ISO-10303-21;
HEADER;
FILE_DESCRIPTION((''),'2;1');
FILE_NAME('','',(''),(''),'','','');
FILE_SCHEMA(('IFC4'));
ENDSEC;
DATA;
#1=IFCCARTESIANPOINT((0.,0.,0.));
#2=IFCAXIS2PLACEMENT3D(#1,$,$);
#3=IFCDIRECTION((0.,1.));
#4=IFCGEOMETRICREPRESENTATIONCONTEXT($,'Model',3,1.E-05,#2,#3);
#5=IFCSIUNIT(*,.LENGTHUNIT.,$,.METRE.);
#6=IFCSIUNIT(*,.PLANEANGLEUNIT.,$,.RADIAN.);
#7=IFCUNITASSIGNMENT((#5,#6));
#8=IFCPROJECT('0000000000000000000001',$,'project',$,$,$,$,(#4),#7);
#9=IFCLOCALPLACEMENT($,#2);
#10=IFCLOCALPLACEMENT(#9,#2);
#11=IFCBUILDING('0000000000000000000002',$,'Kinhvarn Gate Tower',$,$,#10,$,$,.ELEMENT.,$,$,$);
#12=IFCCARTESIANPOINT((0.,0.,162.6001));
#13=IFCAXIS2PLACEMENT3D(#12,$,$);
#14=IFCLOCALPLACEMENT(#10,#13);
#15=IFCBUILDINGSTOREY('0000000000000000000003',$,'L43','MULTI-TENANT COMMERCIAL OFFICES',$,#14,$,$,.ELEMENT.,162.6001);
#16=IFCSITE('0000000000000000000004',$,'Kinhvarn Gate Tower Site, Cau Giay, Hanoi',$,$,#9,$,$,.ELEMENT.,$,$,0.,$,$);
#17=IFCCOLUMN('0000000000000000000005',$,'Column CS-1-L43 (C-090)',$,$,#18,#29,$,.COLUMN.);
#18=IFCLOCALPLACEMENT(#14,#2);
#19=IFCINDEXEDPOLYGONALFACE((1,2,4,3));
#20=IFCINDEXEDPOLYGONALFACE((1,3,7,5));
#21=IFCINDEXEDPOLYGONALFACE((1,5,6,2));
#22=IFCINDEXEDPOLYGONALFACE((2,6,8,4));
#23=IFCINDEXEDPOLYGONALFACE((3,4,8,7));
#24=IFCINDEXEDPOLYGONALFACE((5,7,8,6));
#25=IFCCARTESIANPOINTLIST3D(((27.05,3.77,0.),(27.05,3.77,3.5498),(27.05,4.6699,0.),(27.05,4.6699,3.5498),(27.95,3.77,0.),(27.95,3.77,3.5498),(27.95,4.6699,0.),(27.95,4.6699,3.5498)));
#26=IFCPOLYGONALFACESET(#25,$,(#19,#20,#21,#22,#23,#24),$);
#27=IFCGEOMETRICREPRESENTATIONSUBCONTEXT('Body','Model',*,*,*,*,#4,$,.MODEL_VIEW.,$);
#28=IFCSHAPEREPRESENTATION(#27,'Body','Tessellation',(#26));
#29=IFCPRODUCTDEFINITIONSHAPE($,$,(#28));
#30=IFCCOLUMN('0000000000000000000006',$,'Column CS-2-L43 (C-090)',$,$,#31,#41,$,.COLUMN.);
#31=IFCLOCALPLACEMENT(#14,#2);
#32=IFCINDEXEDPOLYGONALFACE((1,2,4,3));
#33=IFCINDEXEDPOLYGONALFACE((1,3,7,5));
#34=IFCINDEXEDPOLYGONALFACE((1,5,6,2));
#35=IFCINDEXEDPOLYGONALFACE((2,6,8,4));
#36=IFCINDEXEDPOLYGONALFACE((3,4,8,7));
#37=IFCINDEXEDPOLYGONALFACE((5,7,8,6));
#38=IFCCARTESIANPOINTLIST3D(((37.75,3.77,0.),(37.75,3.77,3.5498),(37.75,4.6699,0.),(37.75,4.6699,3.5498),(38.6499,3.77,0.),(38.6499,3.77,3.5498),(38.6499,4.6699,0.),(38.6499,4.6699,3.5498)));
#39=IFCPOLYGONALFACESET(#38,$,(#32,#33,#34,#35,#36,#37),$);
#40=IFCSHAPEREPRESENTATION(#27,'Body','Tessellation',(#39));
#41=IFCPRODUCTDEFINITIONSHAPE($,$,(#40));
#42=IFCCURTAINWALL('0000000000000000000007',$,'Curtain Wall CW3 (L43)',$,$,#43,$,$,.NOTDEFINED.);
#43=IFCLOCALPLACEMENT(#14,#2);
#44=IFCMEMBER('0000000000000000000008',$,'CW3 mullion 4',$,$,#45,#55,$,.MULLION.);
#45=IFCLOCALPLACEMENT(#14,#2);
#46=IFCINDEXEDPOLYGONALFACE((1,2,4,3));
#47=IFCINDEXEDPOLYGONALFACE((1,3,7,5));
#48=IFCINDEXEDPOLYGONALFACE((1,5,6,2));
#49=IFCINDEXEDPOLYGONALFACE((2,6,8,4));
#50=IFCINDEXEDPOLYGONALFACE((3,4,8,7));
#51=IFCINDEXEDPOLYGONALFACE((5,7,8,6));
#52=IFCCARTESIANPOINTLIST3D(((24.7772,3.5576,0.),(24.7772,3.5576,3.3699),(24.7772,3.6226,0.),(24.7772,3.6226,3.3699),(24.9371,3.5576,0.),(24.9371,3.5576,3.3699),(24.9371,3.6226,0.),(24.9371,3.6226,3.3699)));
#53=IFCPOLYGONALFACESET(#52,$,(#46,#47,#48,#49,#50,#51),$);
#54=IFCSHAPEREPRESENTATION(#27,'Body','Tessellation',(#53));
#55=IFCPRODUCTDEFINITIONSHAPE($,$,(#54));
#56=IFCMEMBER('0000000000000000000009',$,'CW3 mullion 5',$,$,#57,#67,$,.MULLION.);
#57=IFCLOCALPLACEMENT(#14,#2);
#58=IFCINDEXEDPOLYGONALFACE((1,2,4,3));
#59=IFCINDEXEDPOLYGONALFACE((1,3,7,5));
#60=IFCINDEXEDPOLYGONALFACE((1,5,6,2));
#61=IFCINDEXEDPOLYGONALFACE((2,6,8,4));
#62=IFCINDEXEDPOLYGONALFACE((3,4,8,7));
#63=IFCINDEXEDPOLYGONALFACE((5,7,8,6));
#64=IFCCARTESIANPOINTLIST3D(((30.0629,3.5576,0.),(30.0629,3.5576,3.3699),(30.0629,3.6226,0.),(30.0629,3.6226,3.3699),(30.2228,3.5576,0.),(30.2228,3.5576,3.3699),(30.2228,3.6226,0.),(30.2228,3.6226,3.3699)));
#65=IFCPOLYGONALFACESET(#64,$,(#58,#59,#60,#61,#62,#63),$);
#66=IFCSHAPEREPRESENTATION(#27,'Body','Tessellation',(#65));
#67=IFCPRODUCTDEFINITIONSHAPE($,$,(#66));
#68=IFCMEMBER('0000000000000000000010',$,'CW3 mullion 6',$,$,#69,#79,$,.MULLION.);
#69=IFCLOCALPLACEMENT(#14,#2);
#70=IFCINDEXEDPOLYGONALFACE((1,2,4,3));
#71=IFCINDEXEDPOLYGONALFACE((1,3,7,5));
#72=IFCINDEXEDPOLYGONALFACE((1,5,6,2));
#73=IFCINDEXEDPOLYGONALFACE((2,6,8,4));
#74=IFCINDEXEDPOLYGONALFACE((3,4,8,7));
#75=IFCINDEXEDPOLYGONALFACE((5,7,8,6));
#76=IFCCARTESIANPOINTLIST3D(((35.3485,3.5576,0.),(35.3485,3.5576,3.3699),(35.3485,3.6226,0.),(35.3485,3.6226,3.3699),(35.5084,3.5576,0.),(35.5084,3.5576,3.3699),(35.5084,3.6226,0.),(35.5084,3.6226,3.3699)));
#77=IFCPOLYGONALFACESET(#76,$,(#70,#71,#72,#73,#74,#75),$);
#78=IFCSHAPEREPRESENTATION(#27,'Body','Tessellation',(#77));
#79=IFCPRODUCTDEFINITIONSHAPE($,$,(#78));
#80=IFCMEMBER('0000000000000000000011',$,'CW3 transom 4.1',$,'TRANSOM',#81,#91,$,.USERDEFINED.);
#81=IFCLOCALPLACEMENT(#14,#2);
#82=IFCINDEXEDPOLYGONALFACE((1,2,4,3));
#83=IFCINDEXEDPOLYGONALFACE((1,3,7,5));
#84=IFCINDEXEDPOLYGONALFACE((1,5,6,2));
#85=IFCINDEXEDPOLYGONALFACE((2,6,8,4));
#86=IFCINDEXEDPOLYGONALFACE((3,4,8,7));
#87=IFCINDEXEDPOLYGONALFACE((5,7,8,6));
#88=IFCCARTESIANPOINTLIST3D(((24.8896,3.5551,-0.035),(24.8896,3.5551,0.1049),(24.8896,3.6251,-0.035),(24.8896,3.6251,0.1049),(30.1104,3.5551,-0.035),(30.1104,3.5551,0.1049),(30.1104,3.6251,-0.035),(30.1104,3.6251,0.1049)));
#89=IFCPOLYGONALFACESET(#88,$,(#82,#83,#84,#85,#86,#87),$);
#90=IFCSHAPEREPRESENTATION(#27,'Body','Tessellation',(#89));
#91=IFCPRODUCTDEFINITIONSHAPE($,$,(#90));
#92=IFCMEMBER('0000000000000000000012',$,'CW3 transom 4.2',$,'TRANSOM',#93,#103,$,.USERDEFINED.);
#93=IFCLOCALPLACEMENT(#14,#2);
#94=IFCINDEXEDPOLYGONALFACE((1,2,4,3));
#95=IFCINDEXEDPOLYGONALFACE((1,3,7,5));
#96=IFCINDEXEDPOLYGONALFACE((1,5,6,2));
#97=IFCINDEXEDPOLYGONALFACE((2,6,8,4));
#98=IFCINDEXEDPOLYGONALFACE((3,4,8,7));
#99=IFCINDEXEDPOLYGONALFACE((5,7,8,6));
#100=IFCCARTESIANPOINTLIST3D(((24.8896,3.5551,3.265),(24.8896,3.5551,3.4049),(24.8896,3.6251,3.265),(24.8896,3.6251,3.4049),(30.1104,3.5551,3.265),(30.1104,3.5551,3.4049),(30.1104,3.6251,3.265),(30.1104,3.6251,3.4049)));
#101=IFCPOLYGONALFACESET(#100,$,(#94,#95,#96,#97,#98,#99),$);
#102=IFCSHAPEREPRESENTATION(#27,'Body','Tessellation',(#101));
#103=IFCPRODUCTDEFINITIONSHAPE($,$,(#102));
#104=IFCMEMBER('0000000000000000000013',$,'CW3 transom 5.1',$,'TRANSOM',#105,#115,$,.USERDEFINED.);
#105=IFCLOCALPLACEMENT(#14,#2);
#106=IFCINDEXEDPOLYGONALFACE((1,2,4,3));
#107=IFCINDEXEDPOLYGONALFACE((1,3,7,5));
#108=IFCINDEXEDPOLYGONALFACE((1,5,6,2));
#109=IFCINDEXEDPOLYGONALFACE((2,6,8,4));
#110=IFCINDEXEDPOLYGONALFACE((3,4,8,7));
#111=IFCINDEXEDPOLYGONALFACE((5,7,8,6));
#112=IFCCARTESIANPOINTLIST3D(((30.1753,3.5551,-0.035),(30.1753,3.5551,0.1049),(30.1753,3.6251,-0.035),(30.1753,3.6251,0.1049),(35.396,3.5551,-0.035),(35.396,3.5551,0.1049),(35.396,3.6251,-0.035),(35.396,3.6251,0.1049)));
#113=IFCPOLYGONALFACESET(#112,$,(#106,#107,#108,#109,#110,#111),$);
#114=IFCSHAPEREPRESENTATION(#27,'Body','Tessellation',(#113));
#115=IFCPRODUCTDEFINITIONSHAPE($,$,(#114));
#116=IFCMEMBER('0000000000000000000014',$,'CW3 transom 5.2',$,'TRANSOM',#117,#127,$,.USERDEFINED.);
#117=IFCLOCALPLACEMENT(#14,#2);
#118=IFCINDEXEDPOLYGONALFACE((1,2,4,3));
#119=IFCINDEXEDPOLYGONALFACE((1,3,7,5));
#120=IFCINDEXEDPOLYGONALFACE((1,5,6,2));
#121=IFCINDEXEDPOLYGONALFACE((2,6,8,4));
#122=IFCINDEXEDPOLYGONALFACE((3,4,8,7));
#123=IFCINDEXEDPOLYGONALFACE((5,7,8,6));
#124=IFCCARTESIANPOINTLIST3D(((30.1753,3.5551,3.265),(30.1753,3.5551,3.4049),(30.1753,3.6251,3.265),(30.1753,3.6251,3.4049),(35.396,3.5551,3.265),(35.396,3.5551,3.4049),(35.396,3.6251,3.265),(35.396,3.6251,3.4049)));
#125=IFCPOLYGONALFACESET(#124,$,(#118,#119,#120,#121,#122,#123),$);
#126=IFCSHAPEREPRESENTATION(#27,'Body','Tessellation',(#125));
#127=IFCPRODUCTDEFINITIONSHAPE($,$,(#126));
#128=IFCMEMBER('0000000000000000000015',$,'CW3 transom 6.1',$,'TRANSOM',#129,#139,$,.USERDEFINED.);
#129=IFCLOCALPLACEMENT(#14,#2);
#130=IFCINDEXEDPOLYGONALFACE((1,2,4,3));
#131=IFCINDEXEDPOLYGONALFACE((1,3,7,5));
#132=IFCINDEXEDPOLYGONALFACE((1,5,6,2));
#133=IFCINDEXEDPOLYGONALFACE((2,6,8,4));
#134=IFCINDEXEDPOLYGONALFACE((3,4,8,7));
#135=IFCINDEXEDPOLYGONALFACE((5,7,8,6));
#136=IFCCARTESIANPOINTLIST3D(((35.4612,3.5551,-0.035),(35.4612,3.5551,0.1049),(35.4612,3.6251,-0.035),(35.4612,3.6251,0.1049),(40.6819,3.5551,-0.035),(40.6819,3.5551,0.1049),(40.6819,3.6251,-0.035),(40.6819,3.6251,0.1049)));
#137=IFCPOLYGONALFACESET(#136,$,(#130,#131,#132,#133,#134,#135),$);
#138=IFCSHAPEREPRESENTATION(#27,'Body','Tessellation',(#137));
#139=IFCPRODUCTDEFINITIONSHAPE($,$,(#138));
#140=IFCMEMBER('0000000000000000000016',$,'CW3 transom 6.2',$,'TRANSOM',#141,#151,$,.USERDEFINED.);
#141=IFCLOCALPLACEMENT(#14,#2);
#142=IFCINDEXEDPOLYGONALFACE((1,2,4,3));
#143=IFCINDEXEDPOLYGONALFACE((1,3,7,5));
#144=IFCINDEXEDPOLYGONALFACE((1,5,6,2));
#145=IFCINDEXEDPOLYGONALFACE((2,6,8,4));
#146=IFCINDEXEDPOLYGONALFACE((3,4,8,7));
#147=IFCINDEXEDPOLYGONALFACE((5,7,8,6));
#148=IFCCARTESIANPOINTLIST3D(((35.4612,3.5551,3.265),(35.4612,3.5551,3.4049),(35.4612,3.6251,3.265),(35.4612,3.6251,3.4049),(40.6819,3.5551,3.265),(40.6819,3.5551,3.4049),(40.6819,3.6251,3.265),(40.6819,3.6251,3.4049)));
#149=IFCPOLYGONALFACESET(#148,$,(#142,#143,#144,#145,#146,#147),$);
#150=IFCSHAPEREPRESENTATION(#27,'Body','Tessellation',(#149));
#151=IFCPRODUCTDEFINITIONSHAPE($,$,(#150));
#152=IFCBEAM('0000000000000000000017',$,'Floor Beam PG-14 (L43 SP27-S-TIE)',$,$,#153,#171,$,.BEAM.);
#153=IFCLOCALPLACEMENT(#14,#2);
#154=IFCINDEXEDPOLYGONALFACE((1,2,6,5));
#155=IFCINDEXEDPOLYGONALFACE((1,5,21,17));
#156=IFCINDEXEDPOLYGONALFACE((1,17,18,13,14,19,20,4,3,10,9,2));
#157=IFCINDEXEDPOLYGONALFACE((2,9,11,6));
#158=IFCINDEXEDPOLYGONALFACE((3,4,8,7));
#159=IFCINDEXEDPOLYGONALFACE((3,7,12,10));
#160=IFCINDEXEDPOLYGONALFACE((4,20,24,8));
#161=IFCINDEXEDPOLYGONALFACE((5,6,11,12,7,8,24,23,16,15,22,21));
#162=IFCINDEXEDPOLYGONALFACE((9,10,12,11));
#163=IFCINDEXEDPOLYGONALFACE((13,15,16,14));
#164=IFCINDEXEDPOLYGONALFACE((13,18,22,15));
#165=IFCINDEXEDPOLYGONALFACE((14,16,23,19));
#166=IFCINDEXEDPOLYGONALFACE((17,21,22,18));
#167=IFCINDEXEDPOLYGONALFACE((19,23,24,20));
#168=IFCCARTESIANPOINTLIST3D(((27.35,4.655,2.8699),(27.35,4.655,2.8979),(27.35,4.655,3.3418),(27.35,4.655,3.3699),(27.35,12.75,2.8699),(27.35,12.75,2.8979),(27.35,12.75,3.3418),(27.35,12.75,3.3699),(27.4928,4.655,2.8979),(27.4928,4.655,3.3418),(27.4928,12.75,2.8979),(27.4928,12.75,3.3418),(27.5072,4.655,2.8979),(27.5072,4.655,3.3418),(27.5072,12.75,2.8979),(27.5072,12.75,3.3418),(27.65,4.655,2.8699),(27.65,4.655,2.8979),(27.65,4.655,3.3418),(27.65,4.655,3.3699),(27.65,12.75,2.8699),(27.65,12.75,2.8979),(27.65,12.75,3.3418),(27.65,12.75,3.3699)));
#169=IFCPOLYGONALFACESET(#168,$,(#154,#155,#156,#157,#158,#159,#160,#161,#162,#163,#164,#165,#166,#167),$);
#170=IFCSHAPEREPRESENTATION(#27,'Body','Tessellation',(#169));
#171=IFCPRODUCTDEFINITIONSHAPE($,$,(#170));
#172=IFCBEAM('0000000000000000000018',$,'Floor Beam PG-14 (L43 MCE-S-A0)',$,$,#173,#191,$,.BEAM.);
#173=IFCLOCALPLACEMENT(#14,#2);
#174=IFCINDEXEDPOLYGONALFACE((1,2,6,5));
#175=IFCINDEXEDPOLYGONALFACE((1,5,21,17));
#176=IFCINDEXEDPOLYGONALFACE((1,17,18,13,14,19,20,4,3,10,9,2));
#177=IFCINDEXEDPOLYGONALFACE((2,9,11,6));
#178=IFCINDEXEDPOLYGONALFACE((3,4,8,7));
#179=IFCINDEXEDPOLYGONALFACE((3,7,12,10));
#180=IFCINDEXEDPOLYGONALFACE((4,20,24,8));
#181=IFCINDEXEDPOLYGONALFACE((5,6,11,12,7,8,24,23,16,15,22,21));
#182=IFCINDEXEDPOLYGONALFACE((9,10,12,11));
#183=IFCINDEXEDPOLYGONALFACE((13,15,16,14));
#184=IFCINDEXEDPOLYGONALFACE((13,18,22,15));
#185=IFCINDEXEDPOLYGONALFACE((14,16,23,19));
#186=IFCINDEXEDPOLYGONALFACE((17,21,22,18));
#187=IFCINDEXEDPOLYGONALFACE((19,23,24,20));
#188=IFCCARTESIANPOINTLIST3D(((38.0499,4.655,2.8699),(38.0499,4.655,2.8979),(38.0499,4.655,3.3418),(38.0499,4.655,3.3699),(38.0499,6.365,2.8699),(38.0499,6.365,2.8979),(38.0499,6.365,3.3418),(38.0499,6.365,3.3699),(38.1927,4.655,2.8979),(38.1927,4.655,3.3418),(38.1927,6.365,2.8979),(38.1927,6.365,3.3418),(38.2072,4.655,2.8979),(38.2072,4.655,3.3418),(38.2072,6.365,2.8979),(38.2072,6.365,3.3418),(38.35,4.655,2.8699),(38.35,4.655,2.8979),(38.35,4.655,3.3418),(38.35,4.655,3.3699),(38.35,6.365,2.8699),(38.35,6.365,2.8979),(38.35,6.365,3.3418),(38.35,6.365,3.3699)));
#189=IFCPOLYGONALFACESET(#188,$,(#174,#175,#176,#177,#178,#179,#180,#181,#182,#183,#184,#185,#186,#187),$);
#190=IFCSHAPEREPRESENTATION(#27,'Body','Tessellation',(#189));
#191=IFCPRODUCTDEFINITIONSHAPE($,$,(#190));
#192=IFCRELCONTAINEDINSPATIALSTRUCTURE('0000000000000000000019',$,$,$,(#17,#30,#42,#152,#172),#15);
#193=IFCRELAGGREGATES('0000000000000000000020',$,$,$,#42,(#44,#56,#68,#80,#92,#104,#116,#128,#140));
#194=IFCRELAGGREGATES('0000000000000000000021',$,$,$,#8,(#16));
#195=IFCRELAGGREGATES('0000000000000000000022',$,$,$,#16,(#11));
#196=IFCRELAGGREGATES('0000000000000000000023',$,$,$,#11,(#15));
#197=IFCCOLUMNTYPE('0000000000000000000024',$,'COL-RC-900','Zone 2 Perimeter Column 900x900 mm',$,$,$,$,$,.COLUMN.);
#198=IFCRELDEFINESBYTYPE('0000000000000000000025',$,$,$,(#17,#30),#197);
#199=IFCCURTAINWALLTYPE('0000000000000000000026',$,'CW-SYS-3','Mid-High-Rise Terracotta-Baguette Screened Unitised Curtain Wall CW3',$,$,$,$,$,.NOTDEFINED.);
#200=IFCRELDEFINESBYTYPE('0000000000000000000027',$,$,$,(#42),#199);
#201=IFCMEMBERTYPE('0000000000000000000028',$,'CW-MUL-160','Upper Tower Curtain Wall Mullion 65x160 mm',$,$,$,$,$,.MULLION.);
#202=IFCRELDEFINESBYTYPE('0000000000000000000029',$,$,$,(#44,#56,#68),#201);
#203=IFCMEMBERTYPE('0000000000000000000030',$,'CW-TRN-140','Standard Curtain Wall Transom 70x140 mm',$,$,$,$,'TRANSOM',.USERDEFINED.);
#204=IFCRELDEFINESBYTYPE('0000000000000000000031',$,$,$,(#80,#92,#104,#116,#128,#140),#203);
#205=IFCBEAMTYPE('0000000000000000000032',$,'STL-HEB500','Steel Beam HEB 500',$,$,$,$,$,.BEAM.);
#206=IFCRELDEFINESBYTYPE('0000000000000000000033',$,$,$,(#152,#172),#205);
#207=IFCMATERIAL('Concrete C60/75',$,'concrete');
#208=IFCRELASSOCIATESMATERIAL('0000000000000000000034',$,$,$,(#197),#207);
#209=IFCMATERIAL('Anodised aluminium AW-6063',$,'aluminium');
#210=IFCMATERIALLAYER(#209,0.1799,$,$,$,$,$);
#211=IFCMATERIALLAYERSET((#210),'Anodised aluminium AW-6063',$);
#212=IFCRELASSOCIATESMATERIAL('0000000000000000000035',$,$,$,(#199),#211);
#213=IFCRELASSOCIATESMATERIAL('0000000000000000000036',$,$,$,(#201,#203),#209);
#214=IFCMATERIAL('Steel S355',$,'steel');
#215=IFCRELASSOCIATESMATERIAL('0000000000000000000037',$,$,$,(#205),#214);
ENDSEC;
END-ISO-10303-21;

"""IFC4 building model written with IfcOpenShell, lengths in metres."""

from ifc_helpers import new_model, si_unit, direction, frame, origin, origin_2d, place, context, subcontext, project, spatial, rectangle, i_section, extrude, material, layer, layer_set, material_profile, profile_set, type_object, element, aggregate, save


model = new_model("IFC4")

# Units and contexts
model_context = context("Model", 3, precision=1e-05, world=origin(), true_north=direction((0.0, 1.0)))
body_context = subcontext(model_context, "Body", "Model", "MODEL_VIEW")
ifc_project = project(units=[si_unit("LENGTHUNIT", "METRE"), si_unit("PLANEANGLEUNIT", "RADIAN")], contexts=[model_context])

# Site, building, storey
site_placement = place(None, origin())
site = spatial("IfcSite", under=ifc_project, at=site_placement, Name="Kinhvarn Gate Tower Site, Cau Giay, Hanoi", CompositionType="ELEMENT", RefElevation=0.0)
building_placement = place(site_placement, origin())
building = spatial("IfcBuilding", under=site, at=building_placement, Name="Kinhvarn Gate Tower", CompositionType="ELEMENT")
storey_placement = place(building_placement, frame((0.0, 0.0, 162.6001)))
storey = spatial("IfcBuildingStorey", under=building, at=storey_placement, Name="L43", Description="MULTI-TENANT COMMERCIAL OFFICES", CompositionType="ELEMENT", Elevation=162.6001)

# Columns
ifc_material_1 = material(Name="Concrete C60/75", Category="concrete")
ifc_material_profile_1 = material_profile(ifc_material_1, rectangle(XDim=0.8999, YDim=0.8999, at=origin_2d()), Name="RC 900x900")
ifc_profile_set_1 = profile_set([ifc_material_profile_1], Name="Concrete C60/75")
column_type = type_object("IfcColumnType", Name="COL-RC-900", Description="Zone 2 Perimeter Column 900x900 mm", PredefinedType="COLUMN", material=ifc_profile_set_1)
for number, where, z_axis, x_axis, name in (
    (1, (27.5, 4.22, 0.0), (0.0, 0.0, 1.0), (1.0, 0.0, 0.0), "Column CS-1-L43 (C-090)"),
    (2, (38.2, 4.22, 0.0), (0.0, 0.0, 1.0), (1.0, 0.0, 0.0), "Column CS-2-L43 (C-090)"),
):
    element("IfcColumn", number, at=place(storey_placement, frame(where, z_axis=z_axis, x_axis=x_axis)), inside=storey, type_object=column_type, Name=name, PredefinedType="COLUMN", context=body_context, shape_type="SweptSolid", body=[
        extrude(rectangle(XDim=0.8999, YDim=0.8999, at=origin_2d()), origin(), (0.0, 0.0, 1.0), 3.5498),
    ])

# Curtain wall, members
ifc_material_2 = material(Name="Anodised aluminium AW-6063", Category="aluminium")
ifc_layer_1 = layer(ifc_material_2, 0.1799)
ifc_layer_set_1 = layer_set([ifc_layer_1], Name="Anodised aluminium AW-6063")
curtain_wall_type = type_object("IfcCurtainWallType", Name="CW-SYS-3", Description="Mid-High-Rise Terracotta-Baguette Screened Unitised Curtain Wall CW3", PredefinedType="NOTDEFINED", material=ifc_layer_set_1)
curtain_wall_placement = place(storey_placement, origin())
curtain_wall = element("IfcCurtainWall", 3, at=curtain_wall_placement, inside=storey, type_object=curtain_wall_type, Name="Curtain Wall CW3 (L43)", PredefinedType="NOTDEFINED")
ifc_material_profile_2 = material_profile(ifc_material_2, rectangle(XDim=0.0649, YDim=0.1599, at=origin_2d()), Name="ALU 65x160")
ifc_profile_set_2 = profile_set([ifc_material_profile_2], Name="Anodised aluminium AW-6063")
member_type_1 = type_object("IfcMemberType", Name="CW-MUL-160", Description="Upper Tower Curtain Wall Mullion 65x160 mm", PredefinedType="MULLION", material=ifc_profile_set_2)
member_1_placement = place(storey_placement, frame((24.8572, 3.5901, 0.0), z_axis=(0.0, 0.0, 1.0), x_axis=(0.0, 1.0, 0.0)))
member_1 = element("IfcMember", 4, at=member_1_placement, type_object=member_type_1, Name="CW3 mullion 4", PredefinedType="MULLION", context=body_context, shape_type="SweptSolid", body=[
    extrude(rectangle(XDim=0.0649, YDim=0.1599, at=origin_2d()), origin(), (0.0, 0.0, 1.0), 3.3699),
])
member_2_placement = place(storey_placement, frame((30.1428, 3.5901, 0.0), z_axis=(0.0, 0.0, 1.0), x_axis=(0.0, 1.0, 0.0)))
member_2 = element("IfcMember", 5, at=member_2_placement, type_object=member_type_1, Name="CW3 mullion 5", PredefinedType="MULLION", context=body_context, shape_type="SweptSolid", body=[
    extrude(rectangle(XDim=0.0649, YDim=0.1599, at=origin_2d()), origin(), (0.0, 0.0, 1.0), 3.3699),
])
member_3_placement = place(storey_placement, frame((35.4285, 3.5901, 0.0), z_axis=(0.0, 0.0, 1.0), x_axis=(0.0, 1.0, 0.0)))
member_3 = element("IfcMember", 6, at=member_3_placement, type_object=member_type_1, Name="CW3 mullion 6", PredefinedType="MULLION", context=body_context, shape_type="SweptSolid", body=[
    extrude(rectangle(XDim=0.0649, YDim=0.1599, at=origin_2d()), origin(), (0.0, 0.0, 1.0), 3.3699),
])
ifc_material_profile_3 = material_profile(ifc_material_2, rectangle(XDim=0.0701, YDim=0.1399, at=origin_2d()), Name="ALU 70x140")
ifc_profile_set_3 = profile_set([ifc_material_profile_3], Name="Anodised aluminium AW-6063")
member_type_2 = type_object("IfcMemberType", Name="CW-TRN-140", Description="Standard Curtain Wall Transom 70x140 mm", ElementType="TRANSOM", PredefinedType="USERDEFINED", material=ifc_profile_set_3)
member_4_placement = place(storey_placement, frame((24.8896, 3.5901, 0.0349), z_axis=(1.0, 0.0, 0.0), x_axis=(0.0, 1.0, 0.0)))
member_4 = element("IfcMember", 7, at=member_4_placement, type_object=member_type_2, Name="CW3 transom 4.1", ObjectType="TRANSOM", PredefinedType="USERDEFINED", context=body_context, shape_type="SweptSolid", body=[
    extrude(rectangle(XDim=0.0701, YDim=0.1399, at=origin_2d()), origin(), (0.0, 0.0, 1.0), 5.2207),
])
member_5_placement = place(storey_placement, frame((24.8896, 3.5901, 3.335), z_axis=(1.0, 0.0, 0.0), x_axis=(0.0, 1.0, 0.0)))
member_5 = element("IfcMember", 8, at=member_5_placement, type_object=member_type_2, Name="CW3 transom 4.2", ObjectType="TRANSOM", PredefinedType="USERDEFINED", context=body_context, shape_type="SweptSolid", body=[
    extrude(rectangle(XDim=0.0701, YDim=0.1399, at=origin_2d()), origin(), (0.0, 0.0, 1.0), 5.2207),
])
member_6_placement = place(storey_placement, frame((30.1753, 3.5901, 0.0349), z_axis=(1.0, 0.0, 0.0), x_axis=(0.0, 1.0, 0.0)))
member_6 = element("IfcMember", 9, at=member_6_placement, type_object=member_type_2, Name="CW3 transom 5.1", ObjectType="TRANSOM", PredefinedType="USERDEFINED", context=body_context, shape_type="SweptSolid", body=[
    extrude(rectangle(XDim=0.0701, YDim=0.1399, at=origin_2d()), origin(), (0.0, 0.0, 1.0), 5.2207),
])
member_7_placement = place(storey_placement, frame((30.1753, 3.5901, 3.335), z_axis=(1.0, 0.0, 0.0), x_axis=(0.0, 1.0, 0.0)))
member_7 = element("IfcMember", 10, at=member_7_placement, type_object=member_type_2, Name="CW3 transom 5.2", ObjectType="TRANSOM", PredefinedType="USERDEFINED", context=body_context, shape_type="SweptSolid", body=[
    extrude(rectangle(XDim=0.0701, YDim=0.1399, at=origin_2d()), origin(), (0.0, 0.0, 1.0), 5.2207),
])
member_8_placement = place(storey_placement, frame((35.4612, 3.5901, 0.0349), z_axis=(1.0, 0.0, 0.0), x_axis=(0.0, 1.0, 0.0)))
member_8 = element("IfcMember", 11, at=member_8_placement, type_object=member_type_2, Name="CW3 transom 6.1", ObjectType="TRANSOM", PredefinedType="USERDEFINED", context=body_context, shape_type="SweptSolid", body=[
    extrude(rectangle(XDim=0.0701, YDim=0.1399, at=origin_2d()), origin(), (0.0, 0.0, 1.0), 5.2207),
])
member_9_placement = place(storey_placement, frame((35.4612, 3.5901, 3.335), z_axis=(1.0, 0.0, 0.0), x_axis=(0.0, 1.0, 0.0)))
member_9 = element("IfcMember", 12, at=member_9_placement, type_object=member_type_2, Name="CW3 transom 6.2", ObjectType="TRANSOM", PredefinedType="USERDEFINED", context=body_context, shape_type="SweptSolid", body=[
    extrude(rectangle(XDim=0.0701, YDim=0.1399, at=origin_2d()), origin(), (0.0, 0.0, 1.0), 5.2207),
])

# Beams
ifc_material_3 = material(Name="Steel S355", Category="steel")
ifc_material_profile_4 = material_profile(ifc_material_3, i_section(OverallWidth=0.3, OverallDepth=0.5, WebThickness=0.0144, FlangeThickness=0.0281, at=origin_2d()), Name="HEB 500")
ifc_profile_set_4 = profile_set([ifc_material_profile_4], Name="Steel S355")
beam_type_1 = type_object("IfcBeamType", Name="STL-HEB500", Description="Steel Beam HEB 500", PredefinedType="BEAM", material=ifc_profile_set_4)
beam_1_placement = place(storey_placement, frame((27.5, 4.655, 3.1199), z_axis=(0.0, 1.0, 0.0), x_axis=(-1.0, 0.0, 0.0)))
element("IfcBeam", 13, at=beam_1_placement, inside=storey, type_object=beam_type_1, Name="Floor Beam PG-14 (L43 SP27-S-TIE)", PredefinedType="BEAM", context=body_context, shape_type="SweptSolid", body=[
    extrude(i_section(OverallWidth=0.3, OverallDepth=0.5, WebThickness=0.0144, FlangeThickness=0.0281, at=origin_2d()), origin(), (0.0, 0.0, 1.0), 8.095),
])
beam_2_placement = place(storey_placement, frame((38.2, 4.655, 3.1199), z_axis=(0.0, 1.0, 0.0), x_axis=(-1.0, 0.0, 0.0)))
element("IfcBeam", 14, at=beam_2_placement, inside=storey, type_object=beam_type_1, Name="Floor Beam PG-14 (L43 MCE-S-A0)", PredefinedType="BEAM", context=body_context, shape_type="SweptSolid", body=[
    extrude(i_section(OverallWidth=0.3, OverallDepth=0.5, WebThickness=0.0144, FlangeThickness=0.0281, at=origin_2d()), origin(), (0.0, 0.0, 1.0), 1.71),
])

aggregate(curtain_wall, [member_1, member_2, member_3, member_4, member_5, member_6, member_7, member_8, member_9])

save(model, "model.ifc")
